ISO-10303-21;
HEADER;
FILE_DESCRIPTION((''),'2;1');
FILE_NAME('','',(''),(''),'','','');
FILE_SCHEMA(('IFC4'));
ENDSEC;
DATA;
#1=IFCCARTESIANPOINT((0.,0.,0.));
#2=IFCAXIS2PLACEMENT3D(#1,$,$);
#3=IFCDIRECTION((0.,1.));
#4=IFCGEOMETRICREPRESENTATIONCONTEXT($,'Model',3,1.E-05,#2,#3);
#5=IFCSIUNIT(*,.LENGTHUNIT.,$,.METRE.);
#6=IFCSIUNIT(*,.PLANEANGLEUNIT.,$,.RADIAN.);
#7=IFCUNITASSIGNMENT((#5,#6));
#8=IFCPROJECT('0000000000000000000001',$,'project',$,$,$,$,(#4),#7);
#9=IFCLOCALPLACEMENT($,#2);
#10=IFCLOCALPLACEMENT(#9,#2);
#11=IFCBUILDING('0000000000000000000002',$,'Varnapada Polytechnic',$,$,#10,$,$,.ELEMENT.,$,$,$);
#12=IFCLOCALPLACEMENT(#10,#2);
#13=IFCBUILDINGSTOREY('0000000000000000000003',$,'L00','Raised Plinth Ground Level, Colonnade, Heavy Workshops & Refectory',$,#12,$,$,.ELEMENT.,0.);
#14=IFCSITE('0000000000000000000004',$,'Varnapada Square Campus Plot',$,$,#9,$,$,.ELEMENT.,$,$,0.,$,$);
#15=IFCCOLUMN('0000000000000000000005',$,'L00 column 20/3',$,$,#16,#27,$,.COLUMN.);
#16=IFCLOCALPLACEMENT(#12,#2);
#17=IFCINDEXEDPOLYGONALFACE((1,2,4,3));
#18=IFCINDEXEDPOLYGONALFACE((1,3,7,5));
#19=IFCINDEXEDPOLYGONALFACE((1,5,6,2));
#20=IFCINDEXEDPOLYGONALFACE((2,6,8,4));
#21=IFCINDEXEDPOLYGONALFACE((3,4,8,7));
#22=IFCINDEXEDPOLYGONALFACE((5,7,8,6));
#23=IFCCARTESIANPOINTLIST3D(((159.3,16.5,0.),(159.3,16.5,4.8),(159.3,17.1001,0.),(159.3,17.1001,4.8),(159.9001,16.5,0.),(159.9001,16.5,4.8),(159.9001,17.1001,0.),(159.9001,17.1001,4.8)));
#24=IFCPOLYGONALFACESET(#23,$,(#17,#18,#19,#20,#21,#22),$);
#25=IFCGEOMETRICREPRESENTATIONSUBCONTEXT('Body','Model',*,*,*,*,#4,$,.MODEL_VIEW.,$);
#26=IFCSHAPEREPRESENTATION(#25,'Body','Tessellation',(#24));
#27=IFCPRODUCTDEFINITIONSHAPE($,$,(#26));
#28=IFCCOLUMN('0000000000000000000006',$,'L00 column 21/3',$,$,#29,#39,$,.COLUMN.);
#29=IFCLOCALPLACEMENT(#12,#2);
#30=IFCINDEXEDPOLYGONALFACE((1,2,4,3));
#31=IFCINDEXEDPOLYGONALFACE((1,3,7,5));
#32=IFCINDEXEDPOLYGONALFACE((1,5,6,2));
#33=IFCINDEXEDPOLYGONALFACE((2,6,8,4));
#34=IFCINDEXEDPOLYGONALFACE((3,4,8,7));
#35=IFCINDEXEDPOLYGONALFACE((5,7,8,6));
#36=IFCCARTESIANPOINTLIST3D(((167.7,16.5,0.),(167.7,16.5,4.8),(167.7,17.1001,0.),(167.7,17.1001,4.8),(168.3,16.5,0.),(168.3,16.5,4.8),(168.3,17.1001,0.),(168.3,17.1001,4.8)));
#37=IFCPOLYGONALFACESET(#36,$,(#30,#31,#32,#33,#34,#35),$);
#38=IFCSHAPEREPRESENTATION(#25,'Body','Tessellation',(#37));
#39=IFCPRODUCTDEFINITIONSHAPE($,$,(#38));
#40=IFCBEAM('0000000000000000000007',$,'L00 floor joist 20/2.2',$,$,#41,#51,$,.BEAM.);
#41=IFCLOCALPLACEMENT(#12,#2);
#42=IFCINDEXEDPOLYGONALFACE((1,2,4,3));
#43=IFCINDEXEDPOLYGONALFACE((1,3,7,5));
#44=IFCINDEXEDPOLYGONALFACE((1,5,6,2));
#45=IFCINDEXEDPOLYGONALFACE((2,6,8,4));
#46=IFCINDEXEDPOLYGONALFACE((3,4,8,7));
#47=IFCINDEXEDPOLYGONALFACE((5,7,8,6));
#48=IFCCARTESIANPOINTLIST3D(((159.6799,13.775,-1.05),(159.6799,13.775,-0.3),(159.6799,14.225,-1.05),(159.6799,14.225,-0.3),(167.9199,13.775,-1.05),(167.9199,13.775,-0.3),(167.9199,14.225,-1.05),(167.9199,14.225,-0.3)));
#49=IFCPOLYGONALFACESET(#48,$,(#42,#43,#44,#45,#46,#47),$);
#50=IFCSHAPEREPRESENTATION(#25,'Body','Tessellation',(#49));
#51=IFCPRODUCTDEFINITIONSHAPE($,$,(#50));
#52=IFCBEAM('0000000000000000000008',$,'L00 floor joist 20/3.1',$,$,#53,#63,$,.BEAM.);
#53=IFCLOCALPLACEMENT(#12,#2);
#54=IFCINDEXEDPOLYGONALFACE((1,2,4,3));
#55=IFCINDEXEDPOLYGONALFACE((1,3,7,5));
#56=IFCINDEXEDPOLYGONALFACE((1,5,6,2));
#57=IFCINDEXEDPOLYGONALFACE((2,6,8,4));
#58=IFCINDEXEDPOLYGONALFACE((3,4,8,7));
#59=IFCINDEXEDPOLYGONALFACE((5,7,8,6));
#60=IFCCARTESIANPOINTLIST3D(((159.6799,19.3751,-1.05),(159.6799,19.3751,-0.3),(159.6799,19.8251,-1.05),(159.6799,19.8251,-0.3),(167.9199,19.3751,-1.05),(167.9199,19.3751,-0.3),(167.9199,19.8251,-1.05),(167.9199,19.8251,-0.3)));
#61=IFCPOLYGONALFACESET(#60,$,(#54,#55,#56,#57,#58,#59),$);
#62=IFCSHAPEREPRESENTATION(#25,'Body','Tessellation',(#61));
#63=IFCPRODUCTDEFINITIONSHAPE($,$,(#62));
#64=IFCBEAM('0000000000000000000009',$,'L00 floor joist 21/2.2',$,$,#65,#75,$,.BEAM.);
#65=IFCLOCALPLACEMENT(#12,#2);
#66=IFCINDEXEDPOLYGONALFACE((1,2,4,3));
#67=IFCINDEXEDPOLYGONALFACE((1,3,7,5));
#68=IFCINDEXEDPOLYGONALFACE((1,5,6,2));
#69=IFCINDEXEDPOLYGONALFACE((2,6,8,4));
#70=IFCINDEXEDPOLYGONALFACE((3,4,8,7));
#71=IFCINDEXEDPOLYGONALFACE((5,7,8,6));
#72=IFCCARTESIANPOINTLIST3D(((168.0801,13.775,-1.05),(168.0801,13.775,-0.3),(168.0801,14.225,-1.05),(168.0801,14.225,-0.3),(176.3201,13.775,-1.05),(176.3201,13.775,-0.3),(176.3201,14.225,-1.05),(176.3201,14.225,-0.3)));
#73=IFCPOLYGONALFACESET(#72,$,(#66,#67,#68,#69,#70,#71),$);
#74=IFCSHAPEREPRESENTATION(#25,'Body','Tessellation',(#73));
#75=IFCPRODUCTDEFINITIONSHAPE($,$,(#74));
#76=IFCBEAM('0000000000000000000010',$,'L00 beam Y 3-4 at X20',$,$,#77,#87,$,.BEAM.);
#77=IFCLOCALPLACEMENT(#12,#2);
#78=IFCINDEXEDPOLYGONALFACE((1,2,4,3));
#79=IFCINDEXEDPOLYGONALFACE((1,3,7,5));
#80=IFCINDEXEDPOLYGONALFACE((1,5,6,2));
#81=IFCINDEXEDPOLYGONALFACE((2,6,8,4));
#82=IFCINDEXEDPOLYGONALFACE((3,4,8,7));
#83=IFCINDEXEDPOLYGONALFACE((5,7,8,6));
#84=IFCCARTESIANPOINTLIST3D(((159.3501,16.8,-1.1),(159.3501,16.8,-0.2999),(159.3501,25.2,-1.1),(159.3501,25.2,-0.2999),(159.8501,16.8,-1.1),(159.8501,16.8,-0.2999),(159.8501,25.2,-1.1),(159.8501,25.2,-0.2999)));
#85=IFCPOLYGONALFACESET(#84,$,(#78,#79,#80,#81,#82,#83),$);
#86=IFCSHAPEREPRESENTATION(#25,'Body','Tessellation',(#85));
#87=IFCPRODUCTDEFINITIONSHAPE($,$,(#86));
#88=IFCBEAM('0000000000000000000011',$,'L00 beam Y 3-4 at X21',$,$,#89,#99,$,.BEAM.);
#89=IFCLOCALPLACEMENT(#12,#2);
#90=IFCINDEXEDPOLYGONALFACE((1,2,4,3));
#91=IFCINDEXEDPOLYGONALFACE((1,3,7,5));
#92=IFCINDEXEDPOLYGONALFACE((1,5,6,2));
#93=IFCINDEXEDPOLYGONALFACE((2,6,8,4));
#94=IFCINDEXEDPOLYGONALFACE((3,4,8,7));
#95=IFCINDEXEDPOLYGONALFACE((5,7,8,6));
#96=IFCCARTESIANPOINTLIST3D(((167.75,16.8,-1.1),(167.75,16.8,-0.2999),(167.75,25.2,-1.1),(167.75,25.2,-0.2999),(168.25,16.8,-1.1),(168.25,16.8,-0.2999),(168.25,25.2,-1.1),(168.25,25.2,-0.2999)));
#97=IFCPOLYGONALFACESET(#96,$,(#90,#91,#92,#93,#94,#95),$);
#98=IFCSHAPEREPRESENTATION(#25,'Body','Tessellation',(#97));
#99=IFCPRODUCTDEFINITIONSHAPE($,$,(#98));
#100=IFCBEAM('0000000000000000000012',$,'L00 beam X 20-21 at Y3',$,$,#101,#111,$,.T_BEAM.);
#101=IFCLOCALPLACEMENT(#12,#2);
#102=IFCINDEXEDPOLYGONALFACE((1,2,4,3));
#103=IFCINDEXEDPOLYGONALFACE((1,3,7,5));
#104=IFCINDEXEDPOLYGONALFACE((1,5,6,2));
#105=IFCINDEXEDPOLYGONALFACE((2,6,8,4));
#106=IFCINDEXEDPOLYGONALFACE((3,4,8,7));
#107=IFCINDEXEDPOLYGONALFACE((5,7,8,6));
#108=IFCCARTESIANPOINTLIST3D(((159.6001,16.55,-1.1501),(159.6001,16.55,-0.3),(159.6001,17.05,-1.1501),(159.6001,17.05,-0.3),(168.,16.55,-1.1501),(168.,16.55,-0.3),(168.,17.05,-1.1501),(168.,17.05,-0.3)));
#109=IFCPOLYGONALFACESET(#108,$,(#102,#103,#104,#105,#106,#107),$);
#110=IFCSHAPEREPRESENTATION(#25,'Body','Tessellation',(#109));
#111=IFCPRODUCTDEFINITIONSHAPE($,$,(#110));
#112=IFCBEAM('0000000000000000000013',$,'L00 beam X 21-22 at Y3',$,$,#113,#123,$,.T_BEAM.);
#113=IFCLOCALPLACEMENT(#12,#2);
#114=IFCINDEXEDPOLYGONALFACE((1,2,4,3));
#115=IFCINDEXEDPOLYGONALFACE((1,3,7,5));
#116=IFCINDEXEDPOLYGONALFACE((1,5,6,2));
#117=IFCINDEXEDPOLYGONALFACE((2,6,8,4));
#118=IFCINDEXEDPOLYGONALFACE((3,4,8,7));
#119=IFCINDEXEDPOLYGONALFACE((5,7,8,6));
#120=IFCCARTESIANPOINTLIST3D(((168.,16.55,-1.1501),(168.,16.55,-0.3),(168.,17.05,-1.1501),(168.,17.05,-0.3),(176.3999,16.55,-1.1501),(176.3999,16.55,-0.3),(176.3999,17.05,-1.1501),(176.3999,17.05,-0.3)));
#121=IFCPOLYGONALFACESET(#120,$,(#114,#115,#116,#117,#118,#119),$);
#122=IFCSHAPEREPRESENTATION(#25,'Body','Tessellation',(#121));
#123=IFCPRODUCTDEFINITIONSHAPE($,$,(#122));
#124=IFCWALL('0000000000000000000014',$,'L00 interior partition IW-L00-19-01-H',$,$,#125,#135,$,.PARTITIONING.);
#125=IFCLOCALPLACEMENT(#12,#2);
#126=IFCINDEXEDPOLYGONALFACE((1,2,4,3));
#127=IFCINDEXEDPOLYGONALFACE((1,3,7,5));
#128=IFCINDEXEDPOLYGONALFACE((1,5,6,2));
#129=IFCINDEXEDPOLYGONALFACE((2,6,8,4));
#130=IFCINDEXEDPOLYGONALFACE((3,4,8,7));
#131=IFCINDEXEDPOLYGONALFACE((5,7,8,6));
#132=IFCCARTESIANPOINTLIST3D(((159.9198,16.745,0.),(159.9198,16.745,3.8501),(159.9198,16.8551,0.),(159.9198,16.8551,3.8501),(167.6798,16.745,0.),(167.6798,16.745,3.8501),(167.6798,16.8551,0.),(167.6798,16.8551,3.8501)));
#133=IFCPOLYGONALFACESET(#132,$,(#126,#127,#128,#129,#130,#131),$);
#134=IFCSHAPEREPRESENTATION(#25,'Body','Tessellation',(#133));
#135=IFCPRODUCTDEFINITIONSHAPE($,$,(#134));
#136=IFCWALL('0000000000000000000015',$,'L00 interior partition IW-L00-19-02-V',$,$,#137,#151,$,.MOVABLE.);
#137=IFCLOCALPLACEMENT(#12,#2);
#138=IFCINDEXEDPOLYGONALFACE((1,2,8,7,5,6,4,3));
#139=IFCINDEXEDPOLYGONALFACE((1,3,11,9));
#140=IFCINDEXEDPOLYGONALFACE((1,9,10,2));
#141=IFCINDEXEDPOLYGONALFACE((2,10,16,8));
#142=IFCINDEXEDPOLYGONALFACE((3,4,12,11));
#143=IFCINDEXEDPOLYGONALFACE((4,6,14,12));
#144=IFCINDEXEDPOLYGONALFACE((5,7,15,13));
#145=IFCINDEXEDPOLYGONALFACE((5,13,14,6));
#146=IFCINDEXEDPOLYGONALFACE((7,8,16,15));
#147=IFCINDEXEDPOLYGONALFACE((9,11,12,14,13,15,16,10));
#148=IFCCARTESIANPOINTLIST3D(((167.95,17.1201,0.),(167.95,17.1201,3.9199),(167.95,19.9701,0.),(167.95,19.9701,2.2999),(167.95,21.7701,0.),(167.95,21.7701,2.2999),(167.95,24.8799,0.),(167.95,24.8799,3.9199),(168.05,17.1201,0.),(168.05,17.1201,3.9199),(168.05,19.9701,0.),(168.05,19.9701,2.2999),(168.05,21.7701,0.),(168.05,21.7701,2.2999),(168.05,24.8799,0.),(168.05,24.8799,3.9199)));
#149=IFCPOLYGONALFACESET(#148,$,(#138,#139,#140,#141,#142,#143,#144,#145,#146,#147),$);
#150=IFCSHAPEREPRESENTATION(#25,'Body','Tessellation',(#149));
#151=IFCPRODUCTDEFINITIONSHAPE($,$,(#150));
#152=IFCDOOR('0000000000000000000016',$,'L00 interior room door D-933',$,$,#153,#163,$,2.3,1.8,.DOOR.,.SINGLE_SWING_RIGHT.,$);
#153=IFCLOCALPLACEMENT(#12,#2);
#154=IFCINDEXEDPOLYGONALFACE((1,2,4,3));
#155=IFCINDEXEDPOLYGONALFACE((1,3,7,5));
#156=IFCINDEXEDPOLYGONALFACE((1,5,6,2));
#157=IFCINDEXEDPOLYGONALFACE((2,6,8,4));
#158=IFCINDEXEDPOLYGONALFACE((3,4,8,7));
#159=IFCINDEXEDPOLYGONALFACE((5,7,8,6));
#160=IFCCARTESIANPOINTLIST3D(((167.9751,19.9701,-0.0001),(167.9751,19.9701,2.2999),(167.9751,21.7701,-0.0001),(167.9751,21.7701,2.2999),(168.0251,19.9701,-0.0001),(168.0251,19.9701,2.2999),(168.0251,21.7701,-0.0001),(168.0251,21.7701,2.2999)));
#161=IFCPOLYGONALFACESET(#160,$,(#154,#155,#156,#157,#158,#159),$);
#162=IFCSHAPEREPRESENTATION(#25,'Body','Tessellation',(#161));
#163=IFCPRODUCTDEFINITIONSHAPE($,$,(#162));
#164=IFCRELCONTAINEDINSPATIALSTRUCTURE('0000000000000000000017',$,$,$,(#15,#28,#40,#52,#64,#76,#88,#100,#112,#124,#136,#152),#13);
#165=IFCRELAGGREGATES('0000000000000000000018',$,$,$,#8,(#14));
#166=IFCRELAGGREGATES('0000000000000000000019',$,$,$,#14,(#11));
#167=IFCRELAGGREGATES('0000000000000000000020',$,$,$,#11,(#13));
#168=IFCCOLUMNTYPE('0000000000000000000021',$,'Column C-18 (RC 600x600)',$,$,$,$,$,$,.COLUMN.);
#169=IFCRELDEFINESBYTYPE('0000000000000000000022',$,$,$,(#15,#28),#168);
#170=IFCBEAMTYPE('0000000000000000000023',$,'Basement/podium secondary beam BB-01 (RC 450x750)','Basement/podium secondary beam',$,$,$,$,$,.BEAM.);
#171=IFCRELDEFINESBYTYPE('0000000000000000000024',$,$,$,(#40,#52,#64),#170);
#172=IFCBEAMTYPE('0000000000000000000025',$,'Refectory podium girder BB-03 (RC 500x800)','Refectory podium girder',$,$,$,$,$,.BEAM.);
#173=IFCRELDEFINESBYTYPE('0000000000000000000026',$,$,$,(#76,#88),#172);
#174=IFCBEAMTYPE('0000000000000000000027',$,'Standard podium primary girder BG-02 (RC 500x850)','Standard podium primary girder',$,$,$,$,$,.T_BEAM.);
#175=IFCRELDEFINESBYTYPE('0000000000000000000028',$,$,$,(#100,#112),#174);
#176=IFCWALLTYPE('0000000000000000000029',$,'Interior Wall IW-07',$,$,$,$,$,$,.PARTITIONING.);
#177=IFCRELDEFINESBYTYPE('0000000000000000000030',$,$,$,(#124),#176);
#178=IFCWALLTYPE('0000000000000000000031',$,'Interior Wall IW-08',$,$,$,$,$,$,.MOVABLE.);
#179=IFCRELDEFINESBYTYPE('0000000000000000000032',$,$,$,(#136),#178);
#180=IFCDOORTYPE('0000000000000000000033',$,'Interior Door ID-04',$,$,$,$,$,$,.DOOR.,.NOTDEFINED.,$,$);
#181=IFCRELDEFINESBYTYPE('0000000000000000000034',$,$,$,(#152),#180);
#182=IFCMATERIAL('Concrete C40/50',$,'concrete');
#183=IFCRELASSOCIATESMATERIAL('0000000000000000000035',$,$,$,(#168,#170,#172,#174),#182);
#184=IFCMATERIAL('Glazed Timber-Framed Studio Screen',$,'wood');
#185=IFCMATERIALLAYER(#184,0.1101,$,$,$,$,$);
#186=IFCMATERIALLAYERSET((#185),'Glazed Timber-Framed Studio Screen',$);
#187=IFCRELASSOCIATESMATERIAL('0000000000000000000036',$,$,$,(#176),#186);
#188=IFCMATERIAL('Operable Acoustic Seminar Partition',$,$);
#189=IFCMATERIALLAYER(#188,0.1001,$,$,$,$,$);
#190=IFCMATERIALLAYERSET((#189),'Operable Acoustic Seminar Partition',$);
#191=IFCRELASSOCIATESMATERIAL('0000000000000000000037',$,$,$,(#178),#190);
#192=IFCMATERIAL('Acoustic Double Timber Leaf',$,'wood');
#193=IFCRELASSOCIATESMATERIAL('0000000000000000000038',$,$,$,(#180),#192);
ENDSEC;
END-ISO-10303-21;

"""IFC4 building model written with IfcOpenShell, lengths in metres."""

from ifc_helpers import new_model, si_unit, direction, frame, frame_2d, origin, origin_2d, place, context, subcontext, project, spatial, rectangle, extrude, material, layer, layer_set, material_profile, profile_set, type_object, element, fill, save


model = new_model("IFC4")

# Units and contexts
model_context = context("Model", 3, precision=1e-05, world=origin(), true_north=direction((0.0, 1.0)))
body_context = subcontext(model_context, "Body", "Model", "MODEL_VIEW")
ifc_project = project(units=[si_unit("LENGTHUNIT", "METRE"), si_unit("PLANEANGLEUNIT", "RADIAN")], contexts=[model_context])

# Site, building, storey
site_placement = place(None, origin())
site = spatial("IfcSite", under=ifc_project, at=site_placement, Name="Varnapada Square Campus Plot", CompositionType="ELEMENT", RefElevation=0.0)
building_placement = place(site_placement, origin())
building = spatial("IfcBuilding", under=site, at=building_placement, Name="Varnapada Polytechnic", CompositionType="ELEMENT")
storey_placement = place(building_placement, origin())
storey = spatial("IfcBuildingStorey", under=building, at=storey_placement, Name="L00", Description="Raised Plinth Ground Level, Colonnade, Heavy Workshops & Refectory", CompositionType="ELEMENT", Elevation=0.0)

# Columns
ifc_material_1 = material(Name="Concrete C40/50", Category="concrete")
ifc_material_profile_1 = material_profile(ifc_material_1, rectangle(XDim=0.6001, YDim=0.6001, at=origin_2d()), Name="RC 600x600")
ifc_profile_set_1 = profile_set([ifc_material_profile_1], Name="Concrete C40/50")
column_type = type_object("IfcColumnType", Name="Column C-18 (RC 600x600)", PredefinedType="COLUMN", material=ifc_profile_set_1)
for number, where, z_axis, x_axis, name in (
    (1, (159.6001, 16.8, 0.0), (0.0, 0.0, 1.0), (1.0, 0.0, 0.0), "L00 column 20/3"),
    (2, (168.0, 16.8, 0.0), (0.0, 0.0, 1.0), (1.0, 0.0, 0.0), "L00 column 21/3"),
):
    element("IfcColumn", number, at=place(storey_placement, frame(where, z_axis=z_axis, x_axis=x_axis)), inside=storey, type_object=column_type, Name=name, PredefinedType="COLUMN", context=body_context, shape_type="SweptSolid", body=[
        extrude(rectangle(XDim=0.6001, YDim=0.6001, at=origin_2d()), origin(), (0.0, 0.0, 1.0), 4.8),
    ])

# Beams
ifc_material_profile_2 = material_profile(ifc_material_1, rectangle(XDim=0.45, YDim=0.75, at=origin_2d()), Name="RC 450x750")
ifc_profile_set_2 = profile_set([ifc_material_profile_2], Name="Concrete C40/50")
beam_type_1 = type_object("IfcBeamType", Name="Basement/podium secondary beam BB-01 (RC 450x750)", Description="Basement/podium secondary beam", PredefinedType="BEAM", material=ifc_profile_set_2)
for number, where, z_axis, x_axis, name in (
    (3, (159.6799, 14.0, -0.675), (1.0, 0.0, 0.0), (0.0, 1.0, 0.0), "L00 floor joist 20/2.2"),
    (4, (159.6799, 19.6001, -0.675), (1.0, 0.0, 0.0), (0.0, 1.0, 0.0), "L00 floor joist 20/3.1"),
    (5, (168.0801, 14.0, -0.675), (1.0, 0.0, 0.0), (0.0, 1.0, 0.0), "L00 floor joist 21/2.2"),
):
    element("IfcBeam", number, at=place(storey_placement, frame(where, z_axis=z_axis, x_axis=x_axis)), inside=storey, type_object=beam_type_1, Name=name, PredefinedType="BEAM", context=body_context, shape_type="SweptSolid", body=[
        extrude(rectangle(XDim=0.45, YDim=0.75, at=origin_2d()), origin(), (0.0, 0.0, 1.0), 8.24),
    ])
ifc_material_profile_3 = material_profile(ifc_material_1, rectangle(XDim=0.5, YDim=0.8, at=origin_2d()), Name="RC 500x800")
ifc_profile_set_3 = profile_set([ifc_material_profile_3], Name="Concrete C40/50")
beam_type_2 = type_object("IfcBeamType", Name="Refectory podium girder BB-03 (RC 500x800)", Description="Refectory podium girder", PredefinedType="BEAM", material=ifc_profile_set_3)
for number, where, z_axis, x_axis, name in (
    (6, (159.6001, 16.8, -0.7), (0.0, 1.0, 0.0), (-1.0, 0.0, 0.0), "L00 beam Y 3-4 at X20"),
    (7, (168.0, 16.8, -0.7), (0.0, 1.0, 0.0), (-1.0, 0.0, 0.0), "L00 beam Y 3-4 at X21"),
):
    element("IfcBeam", number, at=place(storey_placement, frame(where, z_axis=z_axis, x_axis=x_axis)), inside=storey, type_object=beam_type_2, Name=name, PredefinedType="BEAM", context=body_context, shape_type="SweptSolid", body=[
        extrude(rectangle(XDim=0.5, YDim=0.8, at=origin_2d()), origin(), (0.0, 0.0, 1.0), 8.3999),
    ])
ifc_material_profile_4 = material_profile(ifc_material_1, rectangle(XDim=0.5, YDim=0.8501, at=origin_2d()), Name="RC 500x850")
ifc_profile_set_4 = profile_set([ifc_material_profile_4], Name="Concrete C40/50")
beam_type_3 = type_object("IfcBeamType", Name="Standard podium primary girder BG-02 (RC 500x850)", Description="Standard podium primary girder", PredefinedType="T_BEAM", material=ifc_profile_set_4)
for number, where, z_axis, x_axis, name in (
    (8, (159.6001, 16.8, -0.7251), (1.0, 0.0, 0.0), (0.0, 1.0, 0.0), "L00 beam X 20-21 at Y3"),
    (9, (168.0, 16.8, -0.7251), (1.0, 0.0, 0.0), (0.0, 1.0, 0.0), "L00 beam X 21-22 at Y3"),
):
    element("IfcBeam", number, at=place(storey_placement, frame(where, z_axis=z_axis, x_axis=x_axis)), inside=storey, type_object=beam_type_3, Name=name, PredefinedType="T_BEAM", context=body_context, shape_type="SweptSolid", body=[
        extrude(rectangle(XDim=0.5, YDim=0.8501, at=origin_2d()), origin(), (0.0, 0.0, 1.0), 8.3999),
    ])

# Wall
ifc_material_2 = material(Name="Glazed Timber-Framed Studio Screen", Category="wood")
ifc_layer_1 = layer(ifc_material_2, 0.1101)
ifc_layer_set_1 = layer_set([ifc_layer_1], Name="Glazed Timber-Framed Studio Screen")
wall_type_1 = type_object("IfcWallType", Name="Interior Wall IW-07", PredefinedType="PARTITIONING", material=ifc_layer_set_1)
wall_1_placement = place(storey_placement, frame((159.9199, 16.8, 0.0), z_axis=(0.0, 0.0, 1.0), x_axis=(1.0, 0.0, 0.0)))
element("IfcWall", 10, at=wall_1_placement, inside=storey, type_object=wall_type_1, Name="L00 interior partition IW-L00-19-01-H", PredefinedType="PARTITIONING", context=body_context, shape_type="SweptSolid", body=[
    extrude(rectangle(XDim=7.76, YDim=0.1101, at=frame_2d((3.8799, 0.0))), origin(), (0.0, 0.0, 1.0), 3.8501),
])

# Wall, opening, door
ifc_material_3 = material(Name="Operable Acoustic Seminar Partition")
ifc_layer_2 = layer(ifc_material_3, 0.1001)
ifc_layer_set_2 = layer_set([ifc_layer_2], Name="Operable Acoustic Seminar Partition")
wall_type_2 = type_object("IfcWallType", Name="Interior Wall IW-08", PredefinedType="MOVABLE", material=ifc_layer_set_2)
wall_2_placement = place(storey_placement, frame((168.0, 17.1201, 0.0), z_axis=(0.0, 0.0, 1.0), x_axis=(0.0, 1.0, 0.0)))
wall_2 = element("IfcWall", 11, at=wall_2_placement, inside=storey, type_object=wall_type_2, Name="L00 interior partition IW-L00-19-02-V", PredefinedType="MOVABLE", context=body_context, shape_type="SweptSolid", body=[
    extrude(rectangle(XDim=7.7598, YDim=0.1001, at=frame_2d((3.8799, 0.0))), origin(), (0.0, 0.0, 1.0), 3.9199),
])
opening_1_placement = place(wall_2_placement, frame((2.8501, 0.0, 0.0)))
opening_1 = element("IfcOpeningElement", 12, at=opening_1_placement, cuts=wall_2, PredefinedType="OPENING", context=body_context, shape_type="SweptSolid", body=[
    extrude(rectangle(XDim=1.8, YDim=2.3, at=frame_2d((0.8999, 1.1499))), frame((0.0, 0.0601, 0.0), z_axis=(0.0, -1.0, 0.0), x_axis=(1.0, 0.0, 0.0)), (0.0, 0.0, 1.0), 0.1201),
])
ifc_material_4 = material(Name="Acoustic Double Timber Leaf", Category="wood")
door_type = type_object("IfcDoorType", Name="Interior Door ID-04", OperationType="NOTDEFINED", PredefinedType="DOOR", material=ifc_material_4)
door_1_placement = place(opening_1_placement, origin())
door_1 = element("IfcDoor", 13, at=door_1_placement, inside=storey, type_object=door_type, Name="L00 interior room door D-933", OperationType="SINGLE_SWING_RIGHT", OverallHeight=2.3, OverallWidth=1.8, PredefinedType="DOOR", context=body_context, shape_type="SweptSolid", body=[
    extrude(rectangle(XDim=1.8, YDim=2.3, at=frame_2d((0.8999, 1.1499))), frame((0.0, 0.0249, 0.0), z_axis=(0.0, -1.0, 0.0), x_axis=(1.0, 0.0, 0.0)), (0.0, 0.0, 1.0), 0.05),
])
fill(opening_1, door_1)

save(model, "model.ifc")
